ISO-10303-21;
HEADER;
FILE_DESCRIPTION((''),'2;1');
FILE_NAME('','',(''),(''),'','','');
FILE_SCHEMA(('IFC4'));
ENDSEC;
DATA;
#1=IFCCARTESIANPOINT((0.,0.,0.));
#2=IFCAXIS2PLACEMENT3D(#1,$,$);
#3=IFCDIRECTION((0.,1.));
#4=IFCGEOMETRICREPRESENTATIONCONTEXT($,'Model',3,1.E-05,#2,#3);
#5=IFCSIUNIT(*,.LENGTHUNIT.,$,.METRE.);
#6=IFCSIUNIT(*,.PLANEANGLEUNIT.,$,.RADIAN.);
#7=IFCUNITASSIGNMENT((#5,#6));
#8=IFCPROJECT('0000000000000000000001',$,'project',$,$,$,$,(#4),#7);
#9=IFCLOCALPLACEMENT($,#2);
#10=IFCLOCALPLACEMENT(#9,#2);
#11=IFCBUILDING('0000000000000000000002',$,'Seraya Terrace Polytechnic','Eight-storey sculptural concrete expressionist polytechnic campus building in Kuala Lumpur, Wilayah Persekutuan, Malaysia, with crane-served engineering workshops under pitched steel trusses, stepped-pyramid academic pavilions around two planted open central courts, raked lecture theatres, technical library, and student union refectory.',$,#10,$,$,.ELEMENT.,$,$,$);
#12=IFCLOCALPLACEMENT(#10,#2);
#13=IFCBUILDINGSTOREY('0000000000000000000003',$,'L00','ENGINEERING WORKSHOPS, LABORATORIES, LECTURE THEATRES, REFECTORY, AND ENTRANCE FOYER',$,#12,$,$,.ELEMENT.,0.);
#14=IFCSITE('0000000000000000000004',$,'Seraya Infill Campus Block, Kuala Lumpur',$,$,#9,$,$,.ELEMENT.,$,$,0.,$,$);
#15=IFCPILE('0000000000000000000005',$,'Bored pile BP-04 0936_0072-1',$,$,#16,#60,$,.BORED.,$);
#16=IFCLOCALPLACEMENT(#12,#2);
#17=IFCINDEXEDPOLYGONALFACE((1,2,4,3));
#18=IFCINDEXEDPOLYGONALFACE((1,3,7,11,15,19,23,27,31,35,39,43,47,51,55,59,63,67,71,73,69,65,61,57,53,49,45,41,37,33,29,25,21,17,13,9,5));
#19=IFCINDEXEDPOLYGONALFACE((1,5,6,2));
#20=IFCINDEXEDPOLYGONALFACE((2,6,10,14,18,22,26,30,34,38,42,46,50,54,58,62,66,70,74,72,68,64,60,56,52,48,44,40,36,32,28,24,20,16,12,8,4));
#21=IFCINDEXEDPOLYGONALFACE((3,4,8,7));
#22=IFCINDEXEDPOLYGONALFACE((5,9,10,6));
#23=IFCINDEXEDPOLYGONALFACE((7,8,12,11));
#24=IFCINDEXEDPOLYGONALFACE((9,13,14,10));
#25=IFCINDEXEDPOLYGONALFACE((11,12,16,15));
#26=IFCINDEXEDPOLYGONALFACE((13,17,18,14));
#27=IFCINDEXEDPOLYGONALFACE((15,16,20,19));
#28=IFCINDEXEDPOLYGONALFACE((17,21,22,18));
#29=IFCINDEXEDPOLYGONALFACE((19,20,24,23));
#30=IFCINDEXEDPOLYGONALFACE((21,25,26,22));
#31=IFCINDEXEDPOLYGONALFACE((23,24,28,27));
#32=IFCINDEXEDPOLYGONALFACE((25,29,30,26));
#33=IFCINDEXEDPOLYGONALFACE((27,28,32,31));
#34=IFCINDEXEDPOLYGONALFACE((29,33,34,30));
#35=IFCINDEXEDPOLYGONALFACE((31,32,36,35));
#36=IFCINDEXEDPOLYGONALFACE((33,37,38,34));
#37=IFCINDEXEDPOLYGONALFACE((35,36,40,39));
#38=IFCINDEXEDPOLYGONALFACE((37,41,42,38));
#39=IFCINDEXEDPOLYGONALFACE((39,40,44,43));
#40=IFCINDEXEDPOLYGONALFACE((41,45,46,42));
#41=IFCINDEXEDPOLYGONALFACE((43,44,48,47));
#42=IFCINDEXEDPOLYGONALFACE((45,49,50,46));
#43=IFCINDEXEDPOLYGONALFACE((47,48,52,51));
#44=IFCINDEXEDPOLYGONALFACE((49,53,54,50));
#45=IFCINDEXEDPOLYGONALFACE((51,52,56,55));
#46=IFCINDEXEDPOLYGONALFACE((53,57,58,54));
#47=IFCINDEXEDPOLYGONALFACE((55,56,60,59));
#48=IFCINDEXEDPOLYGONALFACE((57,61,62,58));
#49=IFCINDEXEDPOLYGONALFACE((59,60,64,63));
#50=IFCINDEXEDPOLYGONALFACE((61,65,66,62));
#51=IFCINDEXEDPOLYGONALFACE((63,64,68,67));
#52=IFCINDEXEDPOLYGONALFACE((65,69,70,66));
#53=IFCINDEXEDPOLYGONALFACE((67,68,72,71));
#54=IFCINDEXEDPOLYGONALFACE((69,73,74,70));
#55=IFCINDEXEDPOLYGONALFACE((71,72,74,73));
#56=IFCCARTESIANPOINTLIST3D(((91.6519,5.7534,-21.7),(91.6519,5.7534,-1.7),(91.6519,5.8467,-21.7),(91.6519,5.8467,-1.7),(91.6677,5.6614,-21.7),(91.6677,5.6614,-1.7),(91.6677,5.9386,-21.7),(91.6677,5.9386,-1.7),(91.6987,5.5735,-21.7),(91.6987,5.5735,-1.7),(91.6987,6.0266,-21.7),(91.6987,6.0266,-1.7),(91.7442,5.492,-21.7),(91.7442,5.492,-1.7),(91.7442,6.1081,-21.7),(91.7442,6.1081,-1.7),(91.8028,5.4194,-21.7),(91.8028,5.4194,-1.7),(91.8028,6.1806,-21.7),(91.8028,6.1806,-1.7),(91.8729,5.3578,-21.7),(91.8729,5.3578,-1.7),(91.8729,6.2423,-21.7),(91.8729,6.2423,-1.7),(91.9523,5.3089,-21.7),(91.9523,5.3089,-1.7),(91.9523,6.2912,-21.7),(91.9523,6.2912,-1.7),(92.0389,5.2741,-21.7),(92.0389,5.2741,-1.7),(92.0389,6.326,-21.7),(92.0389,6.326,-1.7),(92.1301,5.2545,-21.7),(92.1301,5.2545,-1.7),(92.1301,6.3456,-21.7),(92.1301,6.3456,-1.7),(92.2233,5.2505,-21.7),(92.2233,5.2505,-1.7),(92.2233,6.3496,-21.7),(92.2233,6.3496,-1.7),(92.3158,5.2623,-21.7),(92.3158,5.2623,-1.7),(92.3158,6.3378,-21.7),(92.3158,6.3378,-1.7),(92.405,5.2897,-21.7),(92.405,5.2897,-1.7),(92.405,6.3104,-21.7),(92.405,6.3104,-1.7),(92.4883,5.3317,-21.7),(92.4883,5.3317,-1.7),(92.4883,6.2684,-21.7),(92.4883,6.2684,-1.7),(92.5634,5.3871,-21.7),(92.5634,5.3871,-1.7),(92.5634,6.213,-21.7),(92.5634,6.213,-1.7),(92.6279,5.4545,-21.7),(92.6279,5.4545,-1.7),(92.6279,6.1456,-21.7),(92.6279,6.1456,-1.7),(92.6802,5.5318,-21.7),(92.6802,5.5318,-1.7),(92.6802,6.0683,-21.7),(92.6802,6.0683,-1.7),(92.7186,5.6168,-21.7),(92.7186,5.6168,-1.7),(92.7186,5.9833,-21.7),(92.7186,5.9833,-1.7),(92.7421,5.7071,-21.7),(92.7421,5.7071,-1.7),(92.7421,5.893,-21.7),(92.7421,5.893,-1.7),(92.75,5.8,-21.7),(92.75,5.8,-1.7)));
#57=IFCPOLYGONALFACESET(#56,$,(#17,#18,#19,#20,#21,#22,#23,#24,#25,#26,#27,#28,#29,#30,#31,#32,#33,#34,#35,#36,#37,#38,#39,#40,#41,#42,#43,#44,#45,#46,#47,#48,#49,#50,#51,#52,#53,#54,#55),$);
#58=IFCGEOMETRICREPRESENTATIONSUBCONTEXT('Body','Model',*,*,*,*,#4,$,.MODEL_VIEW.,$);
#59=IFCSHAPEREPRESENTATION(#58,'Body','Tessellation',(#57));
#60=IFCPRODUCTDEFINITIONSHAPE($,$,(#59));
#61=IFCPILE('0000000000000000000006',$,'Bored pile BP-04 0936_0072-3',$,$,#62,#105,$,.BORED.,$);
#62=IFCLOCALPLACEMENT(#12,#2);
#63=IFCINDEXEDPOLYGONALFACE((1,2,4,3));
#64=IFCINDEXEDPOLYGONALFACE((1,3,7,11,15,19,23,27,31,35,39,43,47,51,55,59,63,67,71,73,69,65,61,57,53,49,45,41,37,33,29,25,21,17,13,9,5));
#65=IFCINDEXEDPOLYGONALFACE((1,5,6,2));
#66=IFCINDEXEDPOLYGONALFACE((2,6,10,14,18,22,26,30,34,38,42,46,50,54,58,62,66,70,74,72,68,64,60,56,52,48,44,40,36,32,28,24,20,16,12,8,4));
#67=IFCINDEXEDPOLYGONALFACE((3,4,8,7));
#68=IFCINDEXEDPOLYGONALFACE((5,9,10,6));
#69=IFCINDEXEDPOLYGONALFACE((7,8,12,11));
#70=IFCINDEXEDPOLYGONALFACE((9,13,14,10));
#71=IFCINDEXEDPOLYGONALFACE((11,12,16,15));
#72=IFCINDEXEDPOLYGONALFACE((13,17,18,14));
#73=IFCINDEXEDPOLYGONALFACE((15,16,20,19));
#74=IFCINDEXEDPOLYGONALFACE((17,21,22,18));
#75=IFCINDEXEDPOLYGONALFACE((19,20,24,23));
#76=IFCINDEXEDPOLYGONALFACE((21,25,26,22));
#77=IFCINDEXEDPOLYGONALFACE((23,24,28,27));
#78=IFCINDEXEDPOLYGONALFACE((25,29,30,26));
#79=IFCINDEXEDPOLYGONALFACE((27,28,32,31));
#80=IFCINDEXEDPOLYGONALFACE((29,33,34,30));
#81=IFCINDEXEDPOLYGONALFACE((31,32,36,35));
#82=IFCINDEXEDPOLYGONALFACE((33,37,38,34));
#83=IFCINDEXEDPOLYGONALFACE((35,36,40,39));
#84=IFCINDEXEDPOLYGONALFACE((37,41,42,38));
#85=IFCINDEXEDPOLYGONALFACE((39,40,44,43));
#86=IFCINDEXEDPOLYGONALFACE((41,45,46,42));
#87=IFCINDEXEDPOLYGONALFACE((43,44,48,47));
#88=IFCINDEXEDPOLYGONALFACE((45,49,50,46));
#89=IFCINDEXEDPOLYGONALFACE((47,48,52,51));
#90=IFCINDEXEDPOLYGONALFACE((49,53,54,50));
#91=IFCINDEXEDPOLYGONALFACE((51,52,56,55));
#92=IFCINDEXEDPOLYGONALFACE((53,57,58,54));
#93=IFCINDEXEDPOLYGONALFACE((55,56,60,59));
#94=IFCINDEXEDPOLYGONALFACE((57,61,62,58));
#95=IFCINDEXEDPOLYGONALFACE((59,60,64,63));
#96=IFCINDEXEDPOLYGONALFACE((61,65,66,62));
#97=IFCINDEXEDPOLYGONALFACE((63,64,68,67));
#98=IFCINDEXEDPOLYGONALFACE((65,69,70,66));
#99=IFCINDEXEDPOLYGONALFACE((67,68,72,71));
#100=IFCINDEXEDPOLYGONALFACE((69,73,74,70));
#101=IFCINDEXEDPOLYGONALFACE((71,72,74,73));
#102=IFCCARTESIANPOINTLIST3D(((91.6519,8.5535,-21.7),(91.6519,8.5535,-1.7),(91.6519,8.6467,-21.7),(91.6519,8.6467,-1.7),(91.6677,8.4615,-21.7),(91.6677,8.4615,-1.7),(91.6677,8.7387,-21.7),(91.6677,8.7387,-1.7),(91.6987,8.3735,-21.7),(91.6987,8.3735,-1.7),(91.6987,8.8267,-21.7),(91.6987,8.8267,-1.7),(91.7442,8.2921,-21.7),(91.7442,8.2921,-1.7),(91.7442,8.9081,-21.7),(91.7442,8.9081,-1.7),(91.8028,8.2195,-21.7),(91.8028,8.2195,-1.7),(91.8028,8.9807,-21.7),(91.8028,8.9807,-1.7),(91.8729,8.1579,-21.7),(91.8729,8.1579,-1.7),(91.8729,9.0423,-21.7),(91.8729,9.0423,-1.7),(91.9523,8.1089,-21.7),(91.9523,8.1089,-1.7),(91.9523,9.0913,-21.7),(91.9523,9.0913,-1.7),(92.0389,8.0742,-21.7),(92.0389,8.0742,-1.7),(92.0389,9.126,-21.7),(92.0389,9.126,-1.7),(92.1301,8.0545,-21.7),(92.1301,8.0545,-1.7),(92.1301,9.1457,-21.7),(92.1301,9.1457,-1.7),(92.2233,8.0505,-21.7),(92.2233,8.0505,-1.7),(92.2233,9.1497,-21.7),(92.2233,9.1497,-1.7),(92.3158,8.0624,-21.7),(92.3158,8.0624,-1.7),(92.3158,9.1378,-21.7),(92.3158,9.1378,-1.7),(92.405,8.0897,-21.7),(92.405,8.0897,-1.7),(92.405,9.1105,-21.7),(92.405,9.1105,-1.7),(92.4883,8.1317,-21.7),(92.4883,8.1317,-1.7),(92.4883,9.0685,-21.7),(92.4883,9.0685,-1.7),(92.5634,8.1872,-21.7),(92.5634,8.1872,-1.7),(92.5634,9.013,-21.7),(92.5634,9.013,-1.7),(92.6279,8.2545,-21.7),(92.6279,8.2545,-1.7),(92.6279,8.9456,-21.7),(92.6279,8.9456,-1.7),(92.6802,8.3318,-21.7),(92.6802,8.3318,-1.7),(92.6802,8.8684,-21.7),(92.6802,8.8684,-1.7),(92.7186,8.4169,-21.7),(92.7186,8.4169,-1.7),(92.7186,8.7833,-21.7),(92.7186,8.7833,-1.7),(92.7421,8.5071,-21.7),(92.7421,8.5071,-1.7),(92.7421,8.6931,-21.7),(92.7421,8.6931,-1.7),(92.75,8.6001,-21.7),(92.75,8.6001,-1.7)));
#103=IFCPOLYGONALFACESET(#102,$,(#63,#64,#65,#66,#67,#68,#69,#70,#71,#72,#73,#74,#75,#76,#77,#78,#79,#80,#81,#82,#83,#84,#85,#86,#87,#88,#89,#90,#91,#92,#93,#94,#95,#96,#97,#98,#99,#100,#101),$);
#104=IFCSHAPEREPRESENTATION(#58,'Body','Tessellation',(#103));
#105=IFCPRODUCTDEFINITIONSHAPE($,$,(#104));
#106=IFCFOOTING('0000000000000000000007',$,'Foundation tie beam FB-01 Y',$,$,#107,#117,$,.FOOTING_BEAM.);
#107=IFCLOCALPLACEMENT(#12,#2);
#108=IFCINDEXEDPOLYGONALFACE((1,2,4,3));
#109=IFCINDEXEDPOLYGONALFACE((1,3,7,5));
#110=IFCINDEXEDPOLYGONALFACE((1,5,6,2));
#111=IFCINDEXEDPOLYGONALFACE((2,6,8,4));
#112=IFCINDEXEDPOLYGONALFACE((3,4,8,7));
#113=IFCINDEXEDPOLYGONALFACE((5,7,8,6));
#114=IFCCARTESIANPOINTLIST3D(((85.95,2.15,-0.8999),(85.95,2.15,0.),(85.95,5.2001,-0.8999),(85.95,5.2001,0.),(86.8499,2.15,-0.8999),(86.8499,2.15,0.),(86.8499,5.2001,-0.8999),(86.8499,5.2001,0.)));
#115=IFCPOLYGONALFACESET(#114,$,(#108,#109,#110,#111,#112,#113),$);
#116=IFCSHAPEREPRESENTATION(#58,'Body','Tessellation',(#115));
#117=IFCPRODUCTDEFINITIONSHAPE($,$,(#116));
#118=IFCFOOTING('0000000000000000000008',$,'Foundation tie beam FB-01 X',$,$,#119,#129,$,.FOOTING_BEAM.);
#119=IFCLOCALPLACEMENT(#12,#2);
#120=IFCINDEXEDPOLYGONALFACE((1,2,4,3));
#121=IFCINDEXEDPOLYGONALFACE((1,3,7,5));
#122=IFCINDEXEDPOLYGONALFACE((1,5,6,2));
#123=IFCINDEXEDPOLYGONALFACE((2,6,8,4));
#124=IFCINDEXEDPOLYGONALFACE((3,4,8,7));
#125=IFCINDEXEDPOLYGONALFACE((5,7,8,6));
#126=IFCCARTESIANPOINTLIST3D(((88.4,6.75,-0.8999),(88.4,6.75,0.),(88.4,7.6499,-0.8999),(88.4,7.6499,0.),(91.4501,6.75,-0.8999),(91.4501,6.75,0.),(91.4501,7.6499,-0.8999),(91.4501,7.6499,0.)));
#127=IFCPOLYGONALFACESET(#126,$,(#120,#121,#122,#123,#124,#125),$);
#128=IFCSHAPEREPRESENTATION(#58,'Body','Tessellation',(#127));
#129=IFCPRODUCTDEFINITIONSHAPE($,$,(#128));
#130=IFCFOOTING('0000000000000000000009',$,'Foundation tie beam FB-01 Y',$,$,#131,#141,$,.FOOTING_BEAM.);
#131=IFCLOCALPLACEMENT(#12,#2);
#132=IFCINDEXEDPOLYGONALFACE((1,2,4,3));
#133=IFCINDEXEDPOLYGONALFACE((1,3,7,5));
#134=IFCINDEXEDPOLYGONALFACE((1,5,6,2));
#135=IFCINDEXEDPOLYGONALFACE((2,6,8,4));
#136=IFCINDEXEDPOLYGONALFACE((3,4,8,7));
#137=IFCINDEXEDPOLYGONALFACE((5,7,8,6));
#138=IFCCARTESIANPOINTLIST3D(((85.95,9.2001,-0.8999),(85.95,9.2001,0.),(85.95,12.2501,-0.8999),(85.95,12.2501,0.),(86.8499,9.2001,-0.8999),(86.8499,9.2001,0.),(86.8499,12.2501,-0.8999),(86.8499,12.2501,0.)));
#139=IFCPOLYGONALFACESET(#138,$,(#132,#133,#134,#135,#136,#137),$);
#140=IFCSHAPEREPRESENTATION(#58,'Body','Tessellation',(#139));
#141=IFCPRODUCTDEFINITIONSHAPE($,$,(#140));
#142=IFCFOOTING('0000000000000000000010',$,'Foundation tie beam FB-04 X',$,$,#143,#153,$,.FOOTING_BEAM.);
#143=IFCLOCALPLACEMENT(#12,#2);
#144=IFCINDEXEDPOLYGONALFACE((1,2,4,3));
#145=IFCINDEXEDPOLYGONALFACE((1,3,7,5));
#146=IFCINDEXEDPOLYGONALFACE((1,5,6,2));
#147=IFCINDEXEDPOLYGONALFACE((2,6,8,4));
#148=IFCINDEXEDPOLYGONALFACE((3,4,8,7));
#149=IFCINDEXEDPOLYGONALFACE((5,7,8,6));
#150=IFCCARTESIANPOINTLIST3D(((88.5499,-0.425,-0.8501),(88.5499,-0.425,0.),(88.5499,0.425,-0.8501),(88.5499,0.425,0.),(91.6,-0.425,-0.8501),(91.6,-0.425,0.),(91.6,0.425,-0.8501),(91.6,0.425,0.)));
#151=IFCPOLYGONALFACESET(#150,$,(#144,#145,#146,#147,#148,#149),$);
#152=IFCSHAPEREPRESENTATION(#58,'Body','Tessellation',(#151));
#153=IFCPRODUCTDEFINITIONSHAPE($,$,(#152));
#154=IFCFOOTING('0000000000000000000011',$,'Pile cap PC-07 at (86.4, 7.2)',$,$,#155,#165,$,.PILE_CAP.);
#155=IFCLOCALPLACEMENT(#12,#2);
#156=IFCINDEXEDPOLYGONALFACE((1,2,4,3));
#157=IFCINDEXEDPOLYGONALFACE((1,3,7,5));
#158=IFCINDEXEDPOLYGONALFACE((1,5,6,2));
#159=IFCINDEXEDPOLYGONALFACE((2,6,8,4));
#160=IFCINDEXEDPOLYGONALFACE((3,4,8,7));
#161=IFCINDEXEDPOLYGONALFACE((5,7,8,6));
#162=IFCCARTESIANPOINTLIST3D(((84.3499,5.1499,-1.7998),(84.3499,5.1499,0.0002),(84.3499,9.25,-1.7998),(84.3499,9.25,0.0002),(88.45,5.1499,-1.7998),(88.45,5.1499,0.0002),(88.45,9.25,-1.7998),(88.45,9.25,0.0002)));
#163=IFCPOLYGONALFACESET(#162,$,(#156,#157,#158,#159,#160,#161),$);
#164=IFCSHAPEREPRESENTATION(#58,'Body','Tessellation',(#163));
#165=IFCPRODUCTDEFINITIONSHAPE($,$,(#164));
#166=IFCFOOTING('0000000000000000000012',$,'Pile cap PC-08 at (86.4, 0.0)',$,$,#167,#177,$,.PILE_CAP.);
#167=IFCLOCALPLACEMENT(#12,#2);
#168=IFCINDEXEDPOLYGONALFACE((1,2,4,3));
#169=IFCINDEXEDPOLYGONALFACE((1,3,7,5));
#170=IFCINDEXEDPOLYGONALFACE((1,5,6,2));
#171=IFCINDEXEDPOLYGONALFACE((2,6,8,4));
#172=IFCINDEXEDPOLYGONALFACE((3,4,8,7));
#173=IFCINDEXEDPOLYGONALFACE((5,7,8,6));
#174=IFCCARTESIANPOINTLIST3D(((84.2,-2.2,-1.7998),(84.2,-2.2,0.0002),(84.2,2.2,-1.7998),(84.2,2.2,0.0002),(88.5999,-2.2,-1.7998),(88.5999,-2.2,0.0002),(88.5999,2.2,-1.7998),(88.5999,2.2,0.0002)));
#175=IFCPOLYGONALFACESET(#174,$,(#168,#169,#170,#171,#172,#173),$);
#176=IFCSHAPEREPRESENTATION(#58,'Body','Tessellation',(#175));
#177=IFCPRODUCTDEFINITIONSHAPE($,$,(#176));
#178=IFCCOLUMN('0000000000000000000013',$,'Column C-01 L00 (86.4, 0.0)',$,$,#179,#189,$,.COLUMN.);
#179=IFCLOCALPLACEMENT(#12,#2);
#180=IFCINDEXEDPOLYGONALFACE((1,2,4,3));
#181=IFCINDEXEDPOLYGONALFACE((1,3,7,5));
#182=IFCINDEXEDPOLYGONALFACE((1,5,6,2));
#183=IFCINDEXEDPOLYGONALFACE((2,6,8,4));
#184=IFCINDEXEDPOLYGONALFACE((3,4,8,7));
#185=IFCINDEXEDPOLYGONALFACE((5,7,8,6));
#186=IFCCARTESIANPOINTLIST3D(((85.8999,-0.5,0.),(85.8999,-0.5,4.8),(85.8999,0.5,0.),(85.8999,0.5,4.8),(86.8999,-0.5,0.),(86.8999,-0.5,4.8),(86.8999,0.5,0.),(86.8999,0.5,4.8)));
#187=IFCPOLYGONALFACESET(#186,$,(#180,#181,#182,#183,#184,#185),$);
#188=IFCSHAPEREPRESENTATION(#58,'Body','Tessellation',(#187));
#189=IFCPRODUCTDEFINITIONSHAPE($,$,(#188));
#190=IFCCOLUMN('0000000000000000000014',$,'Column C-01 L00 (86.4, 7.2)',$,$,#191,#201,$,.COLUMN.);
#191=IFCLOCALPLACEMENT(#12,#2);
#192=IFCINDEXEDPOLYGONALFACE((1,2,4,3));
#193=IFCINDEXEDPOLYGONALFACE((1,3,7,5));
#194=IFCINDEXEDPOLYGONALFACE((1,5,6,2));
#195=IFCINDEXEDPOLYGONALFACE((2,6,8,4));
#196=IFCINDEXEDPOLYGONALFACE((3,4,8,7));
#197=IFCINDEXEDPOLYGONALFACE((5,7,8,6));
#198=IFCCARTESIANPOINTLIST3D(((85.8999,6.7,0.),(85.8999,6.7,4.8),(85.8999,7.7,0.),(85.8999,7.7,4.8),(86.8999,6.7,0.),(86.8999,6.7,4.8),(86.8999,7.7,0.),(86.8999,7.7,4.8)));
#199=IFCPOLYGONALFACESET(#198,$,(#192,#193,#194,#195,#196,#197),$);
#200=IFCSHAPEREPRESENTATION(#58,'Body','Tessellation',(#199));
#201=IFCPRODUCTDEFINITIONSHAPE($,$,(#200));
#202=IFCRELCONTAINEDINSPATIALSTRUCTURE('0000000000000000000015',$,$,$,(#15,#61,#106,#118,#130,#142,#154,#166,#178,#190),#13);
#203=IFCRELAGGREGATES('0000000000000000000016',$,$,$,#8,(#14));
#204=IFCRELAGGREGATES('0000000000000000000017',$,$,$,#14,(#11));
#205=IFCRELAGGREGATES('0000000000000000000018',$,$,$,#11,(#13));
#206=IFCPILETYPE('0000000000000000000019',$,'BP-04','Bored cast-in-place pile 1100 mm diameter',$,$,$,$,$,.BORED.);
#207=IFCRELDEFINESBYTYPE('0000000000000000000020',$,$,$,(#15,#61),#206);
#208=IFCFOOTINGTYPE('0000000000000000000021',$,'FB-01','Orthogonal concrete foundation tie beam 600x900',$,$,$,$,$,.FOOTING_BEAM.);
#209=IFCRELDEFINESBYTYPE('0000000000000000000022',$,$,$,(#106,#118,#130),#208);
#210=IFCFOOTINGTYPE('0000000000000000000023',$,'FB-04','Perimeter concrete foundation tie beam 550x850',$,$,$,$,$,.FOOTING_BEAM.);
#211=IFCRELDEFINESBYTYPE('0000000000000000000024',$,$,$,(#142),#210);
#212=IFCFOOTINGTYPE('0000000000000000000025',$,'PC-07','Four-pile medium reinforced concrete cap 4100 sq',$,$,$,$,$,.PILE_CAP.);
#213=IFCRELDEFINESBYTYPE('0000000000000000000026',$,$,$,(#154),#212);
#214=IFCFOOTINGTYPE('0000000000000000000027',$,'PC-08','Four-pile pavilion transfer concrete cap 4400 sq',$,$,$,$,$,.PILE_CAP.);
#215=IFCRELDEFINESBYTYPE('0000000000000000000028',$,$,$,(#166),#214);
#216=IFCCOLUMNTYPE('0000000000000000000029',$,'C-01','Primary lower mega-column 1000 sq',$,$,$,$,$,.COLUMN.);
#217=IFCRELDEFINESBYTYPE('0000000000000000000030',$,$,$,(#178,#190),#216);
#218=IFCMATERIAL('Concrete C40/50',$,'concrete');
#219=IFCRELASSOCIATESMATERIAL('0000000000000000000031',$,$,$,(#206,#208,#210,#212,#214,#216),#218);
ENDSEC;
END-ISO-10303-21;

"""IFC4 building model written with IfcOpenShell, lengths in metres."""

from ifc_helpers import new_model, si_unit, direction, frame, origin, origin_2d, place, context, subcontext, project, spatial, rectangle, circle, extrude, material, material_profile, profile_set, type_object, element, save


model = new_model("IFC4")

# Units and contexts
model_context = context("Model", 3, precision=1e-05, world=origin(), true_north=direction((0.0, 1.0)))
body_context = subcontext(model_context, "Body", "Model", "MODEL_VIEW")
ifc_project = project(units=[si_unit("LENGTHUNIT", "METRE"), si_unit("PLANEANGLEUNIT", "RADIAN")], contexts=[model_context])

# Site, building, storey
site_placement = place(None, origin())
site = spatial("IfcSite", under=ifc_project, at=site_placement, Name="Seraya Infill Campus Block, Kuala Lumpur", CompositionType="ELEMENT", RefElevation=0.0)
building_placement = place(site_placement, origin())
building = spatial("IfcBuilding", under=site, at=building_placement, Name="Seraya Terrace Polytechnic", Description="Eight-storey sculptural concrete expressionist polytechnic campus building in Kuala Lumpur, Wilayah Persekutuan, Malaysia, with crane-served engineering workshops under pitched steel trusses, stepped-pyramid academic pavilions around two planted open central courts, raked lecture theatres, technical library, and student union refectory.", CompositionType="ELEMENT")
storey_placement = place(building_placement, origin())
storey = spatial("IfcBuildingStorey", under=building, at=storey_placement, Name="L00", Description="ENGINEERING WORKSHOPS, LABORATORIES, LECTURE THEATRES, REFECTORY, AND ENTRANCE FOYER", CompositionType="ELEMENT", Elevation=0.0)

# Piles
ifc_material_1 = material(Name="Concrete C40/50", Category="concrete")
ifc_material_profile_1 = material_profile(ifc_material_1, circle(Radius=0.55, at=origin_2d()), Name="DIA 1100")
ifc_profile_set_1 = profile_set([ifc_material_profile_1], Name="Concrete C40/50")
pile_type_1 = type_object("IfcPileType", Name="BP-04", Description="Bored cast-in-place pile 1100 mm diameter", PredefinedType="BORED", material=ifc_profile_set_1)
for number, where, z_axis, x_axis, name in (
    (1, (92.2, 5.8, -1.7), (0.0, 0.0, -1.0), (1.0, 0.0, 0.0), "Bored pile BP-04 0936_0072-1"),
    (2, (92.2, 8.6001, -1.7), (0.0, 0.0, -1.0), (1.0, 0.0, 0.0), "Bored pile BP-04 0936_0072-3"),
):
    element("IfcPile", number, at=place(storey_placement, frame(where, z_axis=z_axis, x_axis=x_axis)), inside=storey, type_object=pile_type_1, Name=name, PredefinedType="BORED", context=body_context, shape_type="SweptSolid", body=[
        extrude(circle(Radius=0.55, at=origin_2d()), origin(), (0.0, 0.0, 1.0), 20.0),
    ])

# Footings
footing_type_1 = type_object("IfcFootingType", Name="FB-01", Description="Orthogonal concrete foundation tie beam 600x900", PredefinedType="FOOTING_BEAM", material=ifc_material_1)
for number, where, z_axis, x_axis, name in (
    (3, (86.3999, 3.675, -0.8999), (0.0, 0.0, 1.0), (0.0, 1.0, 0.0), "Foundation tie beam FB-01 Y"),
    (4, (89.925, 7.2, -0.8999), (0.0, 0.0, 1.0), (1.0, 0.0, 0.0), "Foundation tie beam FB-01 X"),
    (5, (86.3999, 10.7251, -0.8999), (0.0, 0.0, 1.0), (0.0, 1.0, 0.0), "Foundation tie beam FB-01 Y"),
):
    element("IfcFooting", number, at=place(storey_placement, frame(where, z_axis=z_axis, x_axis=x_axis)), inside=storey, type_object=footing_type_1, Name=name, PredefinedType="FOOTING_BEAM", context=body_context, shape_type="SweptSolid", body=[
        extrude(rectangle(XDim=3.05, YDim=0.8999, at=origin_2d()), origin(), (0.0, 0.0, 1.0), 0.8999),
    ])
footing_type_2 = type_object("IfcFootingType", Name="FB-04", Description="Perimeter concrete foundation tie beam 550x850", PredefinedType="FOOTING_BEAM", material=ifc_material_1)
footing_1_placement = place(storey_placement, frame((90.075, 0.0, -0.8501), z_axis=(0.0, 0.0, 1.0), x_axis=(1.0, 0.0, 0.0)))
element("IfcFooting", 6, at=footing_1_placement, inside=storey, type_object=footing_type_2, Name="Foundation tie beam FB-04 X", PredefinedType="FOOTING_BEAM", context=body_context, shape_type="SweptSolid", body=[
    extrude(rectangle(XDim=3.05, YDim=0.8501, at=origin_2d()), origin(), (0.0, 0.0, 1.0), 0.8501),
])
footing_type_3 = type_object("IfcFootingType", Name="PC-07", Description="Four-pile medium reinforced concrete cap 4100 sq", PredefinedType="PILE_CAP", material=ifc_material_1)
footing_2_placement = place(storey_placement, frame((86.3999, 7.2, -1.7998), z_axis=(0.0, 0.0, 1.0), x_axis=(1.0, 0.0, 0.0)))
element("IfcFooting", 7, at=footing_2_placement, inside=storey, type_object=footing_type_3, Name="Pile cap PC-07 at (86.4, 7.2)", PredefinedType="PILE_CAP", context=body_context, shape_type="SweptSolid", body=[
    extrude(rectangle(XDim=4.1001, YDim=4.1001, at=origin_2d()), origin(), (0.0, 0.0, 1.0), 1.8),
])
footing_type_4 = type_object("IfcFootingType", Name="PC-08", Description="Four-pile pavilion transfer concrete cap 4400 sq", PredefinedType="PILE_CAP", material=ifc_material_1)
footing_3_placement = place(storey_placement, frame((86.3999, 0.0, -1.7998), z_axis=(0.0, 0.0, 1.0), x_axis=(1.0, 0.0, 0.0)))
element("IfcFooting", 8, at=footing_3_placement, inside=storey, type_object=footing_type_4, Name="Pile cap PC-08 at (86.4, 0.0)", PredefinedType="PILE_CAP", context=body_context, shape_type="SweptSolid", body=[
    extrude(rectangle(XDim=4.3999, YDim=4.3999, at=origin_2d()), origin(), (0.0, 0.0, 1.0), 1.8),
])

# Columns
ifc_material_profile_2 = material_profile(ifc_material_1, rectangle(XDim=1.0, YDim=1.0, at=origin_2d()), Name="RC 1000x1000")
ifc_profile_set_2 = profile_set([ifc_material_profile_2], Name="Concrete C40/50")
column_type = type_object("IfcColumnType", Name="C-01", Description="Primary lower mega-column 1000 sq", PredefinedType="COLUMN", material=ifc_profile_set_2)
for number, where, z_axis, x_axis, name in (
    (9, (86.3999, 0.0, 0.0), (0.0, 0.0, 1.0), (1.0, 0.0, 0.0), "Column C-01 L00 (86.4, 0.0)"),
    (10, (86.3999, 7.2, 0.0), (0.0, 0.0, 1.0), (1.0, 0.0, 0.0), "Column C-01 L00 (86.4, 7.2)"),
):
    element("IfcColumn", number, at=place(storey_placement, frame(where, z_axis=z_axis, x_axis=x_axis)), inside=storey, type_object=column_type, Name=name, PredefinedType="COLUMN", context=body_context, shape_type="SweptSolid", body=[
        extrude(rectangle(XDim=1.0, YDim=1.0, at=origin_2d()), origin(), (0.0, 0.0, 1.0), 4.8),
    ])

save(model, "model.ifc")
